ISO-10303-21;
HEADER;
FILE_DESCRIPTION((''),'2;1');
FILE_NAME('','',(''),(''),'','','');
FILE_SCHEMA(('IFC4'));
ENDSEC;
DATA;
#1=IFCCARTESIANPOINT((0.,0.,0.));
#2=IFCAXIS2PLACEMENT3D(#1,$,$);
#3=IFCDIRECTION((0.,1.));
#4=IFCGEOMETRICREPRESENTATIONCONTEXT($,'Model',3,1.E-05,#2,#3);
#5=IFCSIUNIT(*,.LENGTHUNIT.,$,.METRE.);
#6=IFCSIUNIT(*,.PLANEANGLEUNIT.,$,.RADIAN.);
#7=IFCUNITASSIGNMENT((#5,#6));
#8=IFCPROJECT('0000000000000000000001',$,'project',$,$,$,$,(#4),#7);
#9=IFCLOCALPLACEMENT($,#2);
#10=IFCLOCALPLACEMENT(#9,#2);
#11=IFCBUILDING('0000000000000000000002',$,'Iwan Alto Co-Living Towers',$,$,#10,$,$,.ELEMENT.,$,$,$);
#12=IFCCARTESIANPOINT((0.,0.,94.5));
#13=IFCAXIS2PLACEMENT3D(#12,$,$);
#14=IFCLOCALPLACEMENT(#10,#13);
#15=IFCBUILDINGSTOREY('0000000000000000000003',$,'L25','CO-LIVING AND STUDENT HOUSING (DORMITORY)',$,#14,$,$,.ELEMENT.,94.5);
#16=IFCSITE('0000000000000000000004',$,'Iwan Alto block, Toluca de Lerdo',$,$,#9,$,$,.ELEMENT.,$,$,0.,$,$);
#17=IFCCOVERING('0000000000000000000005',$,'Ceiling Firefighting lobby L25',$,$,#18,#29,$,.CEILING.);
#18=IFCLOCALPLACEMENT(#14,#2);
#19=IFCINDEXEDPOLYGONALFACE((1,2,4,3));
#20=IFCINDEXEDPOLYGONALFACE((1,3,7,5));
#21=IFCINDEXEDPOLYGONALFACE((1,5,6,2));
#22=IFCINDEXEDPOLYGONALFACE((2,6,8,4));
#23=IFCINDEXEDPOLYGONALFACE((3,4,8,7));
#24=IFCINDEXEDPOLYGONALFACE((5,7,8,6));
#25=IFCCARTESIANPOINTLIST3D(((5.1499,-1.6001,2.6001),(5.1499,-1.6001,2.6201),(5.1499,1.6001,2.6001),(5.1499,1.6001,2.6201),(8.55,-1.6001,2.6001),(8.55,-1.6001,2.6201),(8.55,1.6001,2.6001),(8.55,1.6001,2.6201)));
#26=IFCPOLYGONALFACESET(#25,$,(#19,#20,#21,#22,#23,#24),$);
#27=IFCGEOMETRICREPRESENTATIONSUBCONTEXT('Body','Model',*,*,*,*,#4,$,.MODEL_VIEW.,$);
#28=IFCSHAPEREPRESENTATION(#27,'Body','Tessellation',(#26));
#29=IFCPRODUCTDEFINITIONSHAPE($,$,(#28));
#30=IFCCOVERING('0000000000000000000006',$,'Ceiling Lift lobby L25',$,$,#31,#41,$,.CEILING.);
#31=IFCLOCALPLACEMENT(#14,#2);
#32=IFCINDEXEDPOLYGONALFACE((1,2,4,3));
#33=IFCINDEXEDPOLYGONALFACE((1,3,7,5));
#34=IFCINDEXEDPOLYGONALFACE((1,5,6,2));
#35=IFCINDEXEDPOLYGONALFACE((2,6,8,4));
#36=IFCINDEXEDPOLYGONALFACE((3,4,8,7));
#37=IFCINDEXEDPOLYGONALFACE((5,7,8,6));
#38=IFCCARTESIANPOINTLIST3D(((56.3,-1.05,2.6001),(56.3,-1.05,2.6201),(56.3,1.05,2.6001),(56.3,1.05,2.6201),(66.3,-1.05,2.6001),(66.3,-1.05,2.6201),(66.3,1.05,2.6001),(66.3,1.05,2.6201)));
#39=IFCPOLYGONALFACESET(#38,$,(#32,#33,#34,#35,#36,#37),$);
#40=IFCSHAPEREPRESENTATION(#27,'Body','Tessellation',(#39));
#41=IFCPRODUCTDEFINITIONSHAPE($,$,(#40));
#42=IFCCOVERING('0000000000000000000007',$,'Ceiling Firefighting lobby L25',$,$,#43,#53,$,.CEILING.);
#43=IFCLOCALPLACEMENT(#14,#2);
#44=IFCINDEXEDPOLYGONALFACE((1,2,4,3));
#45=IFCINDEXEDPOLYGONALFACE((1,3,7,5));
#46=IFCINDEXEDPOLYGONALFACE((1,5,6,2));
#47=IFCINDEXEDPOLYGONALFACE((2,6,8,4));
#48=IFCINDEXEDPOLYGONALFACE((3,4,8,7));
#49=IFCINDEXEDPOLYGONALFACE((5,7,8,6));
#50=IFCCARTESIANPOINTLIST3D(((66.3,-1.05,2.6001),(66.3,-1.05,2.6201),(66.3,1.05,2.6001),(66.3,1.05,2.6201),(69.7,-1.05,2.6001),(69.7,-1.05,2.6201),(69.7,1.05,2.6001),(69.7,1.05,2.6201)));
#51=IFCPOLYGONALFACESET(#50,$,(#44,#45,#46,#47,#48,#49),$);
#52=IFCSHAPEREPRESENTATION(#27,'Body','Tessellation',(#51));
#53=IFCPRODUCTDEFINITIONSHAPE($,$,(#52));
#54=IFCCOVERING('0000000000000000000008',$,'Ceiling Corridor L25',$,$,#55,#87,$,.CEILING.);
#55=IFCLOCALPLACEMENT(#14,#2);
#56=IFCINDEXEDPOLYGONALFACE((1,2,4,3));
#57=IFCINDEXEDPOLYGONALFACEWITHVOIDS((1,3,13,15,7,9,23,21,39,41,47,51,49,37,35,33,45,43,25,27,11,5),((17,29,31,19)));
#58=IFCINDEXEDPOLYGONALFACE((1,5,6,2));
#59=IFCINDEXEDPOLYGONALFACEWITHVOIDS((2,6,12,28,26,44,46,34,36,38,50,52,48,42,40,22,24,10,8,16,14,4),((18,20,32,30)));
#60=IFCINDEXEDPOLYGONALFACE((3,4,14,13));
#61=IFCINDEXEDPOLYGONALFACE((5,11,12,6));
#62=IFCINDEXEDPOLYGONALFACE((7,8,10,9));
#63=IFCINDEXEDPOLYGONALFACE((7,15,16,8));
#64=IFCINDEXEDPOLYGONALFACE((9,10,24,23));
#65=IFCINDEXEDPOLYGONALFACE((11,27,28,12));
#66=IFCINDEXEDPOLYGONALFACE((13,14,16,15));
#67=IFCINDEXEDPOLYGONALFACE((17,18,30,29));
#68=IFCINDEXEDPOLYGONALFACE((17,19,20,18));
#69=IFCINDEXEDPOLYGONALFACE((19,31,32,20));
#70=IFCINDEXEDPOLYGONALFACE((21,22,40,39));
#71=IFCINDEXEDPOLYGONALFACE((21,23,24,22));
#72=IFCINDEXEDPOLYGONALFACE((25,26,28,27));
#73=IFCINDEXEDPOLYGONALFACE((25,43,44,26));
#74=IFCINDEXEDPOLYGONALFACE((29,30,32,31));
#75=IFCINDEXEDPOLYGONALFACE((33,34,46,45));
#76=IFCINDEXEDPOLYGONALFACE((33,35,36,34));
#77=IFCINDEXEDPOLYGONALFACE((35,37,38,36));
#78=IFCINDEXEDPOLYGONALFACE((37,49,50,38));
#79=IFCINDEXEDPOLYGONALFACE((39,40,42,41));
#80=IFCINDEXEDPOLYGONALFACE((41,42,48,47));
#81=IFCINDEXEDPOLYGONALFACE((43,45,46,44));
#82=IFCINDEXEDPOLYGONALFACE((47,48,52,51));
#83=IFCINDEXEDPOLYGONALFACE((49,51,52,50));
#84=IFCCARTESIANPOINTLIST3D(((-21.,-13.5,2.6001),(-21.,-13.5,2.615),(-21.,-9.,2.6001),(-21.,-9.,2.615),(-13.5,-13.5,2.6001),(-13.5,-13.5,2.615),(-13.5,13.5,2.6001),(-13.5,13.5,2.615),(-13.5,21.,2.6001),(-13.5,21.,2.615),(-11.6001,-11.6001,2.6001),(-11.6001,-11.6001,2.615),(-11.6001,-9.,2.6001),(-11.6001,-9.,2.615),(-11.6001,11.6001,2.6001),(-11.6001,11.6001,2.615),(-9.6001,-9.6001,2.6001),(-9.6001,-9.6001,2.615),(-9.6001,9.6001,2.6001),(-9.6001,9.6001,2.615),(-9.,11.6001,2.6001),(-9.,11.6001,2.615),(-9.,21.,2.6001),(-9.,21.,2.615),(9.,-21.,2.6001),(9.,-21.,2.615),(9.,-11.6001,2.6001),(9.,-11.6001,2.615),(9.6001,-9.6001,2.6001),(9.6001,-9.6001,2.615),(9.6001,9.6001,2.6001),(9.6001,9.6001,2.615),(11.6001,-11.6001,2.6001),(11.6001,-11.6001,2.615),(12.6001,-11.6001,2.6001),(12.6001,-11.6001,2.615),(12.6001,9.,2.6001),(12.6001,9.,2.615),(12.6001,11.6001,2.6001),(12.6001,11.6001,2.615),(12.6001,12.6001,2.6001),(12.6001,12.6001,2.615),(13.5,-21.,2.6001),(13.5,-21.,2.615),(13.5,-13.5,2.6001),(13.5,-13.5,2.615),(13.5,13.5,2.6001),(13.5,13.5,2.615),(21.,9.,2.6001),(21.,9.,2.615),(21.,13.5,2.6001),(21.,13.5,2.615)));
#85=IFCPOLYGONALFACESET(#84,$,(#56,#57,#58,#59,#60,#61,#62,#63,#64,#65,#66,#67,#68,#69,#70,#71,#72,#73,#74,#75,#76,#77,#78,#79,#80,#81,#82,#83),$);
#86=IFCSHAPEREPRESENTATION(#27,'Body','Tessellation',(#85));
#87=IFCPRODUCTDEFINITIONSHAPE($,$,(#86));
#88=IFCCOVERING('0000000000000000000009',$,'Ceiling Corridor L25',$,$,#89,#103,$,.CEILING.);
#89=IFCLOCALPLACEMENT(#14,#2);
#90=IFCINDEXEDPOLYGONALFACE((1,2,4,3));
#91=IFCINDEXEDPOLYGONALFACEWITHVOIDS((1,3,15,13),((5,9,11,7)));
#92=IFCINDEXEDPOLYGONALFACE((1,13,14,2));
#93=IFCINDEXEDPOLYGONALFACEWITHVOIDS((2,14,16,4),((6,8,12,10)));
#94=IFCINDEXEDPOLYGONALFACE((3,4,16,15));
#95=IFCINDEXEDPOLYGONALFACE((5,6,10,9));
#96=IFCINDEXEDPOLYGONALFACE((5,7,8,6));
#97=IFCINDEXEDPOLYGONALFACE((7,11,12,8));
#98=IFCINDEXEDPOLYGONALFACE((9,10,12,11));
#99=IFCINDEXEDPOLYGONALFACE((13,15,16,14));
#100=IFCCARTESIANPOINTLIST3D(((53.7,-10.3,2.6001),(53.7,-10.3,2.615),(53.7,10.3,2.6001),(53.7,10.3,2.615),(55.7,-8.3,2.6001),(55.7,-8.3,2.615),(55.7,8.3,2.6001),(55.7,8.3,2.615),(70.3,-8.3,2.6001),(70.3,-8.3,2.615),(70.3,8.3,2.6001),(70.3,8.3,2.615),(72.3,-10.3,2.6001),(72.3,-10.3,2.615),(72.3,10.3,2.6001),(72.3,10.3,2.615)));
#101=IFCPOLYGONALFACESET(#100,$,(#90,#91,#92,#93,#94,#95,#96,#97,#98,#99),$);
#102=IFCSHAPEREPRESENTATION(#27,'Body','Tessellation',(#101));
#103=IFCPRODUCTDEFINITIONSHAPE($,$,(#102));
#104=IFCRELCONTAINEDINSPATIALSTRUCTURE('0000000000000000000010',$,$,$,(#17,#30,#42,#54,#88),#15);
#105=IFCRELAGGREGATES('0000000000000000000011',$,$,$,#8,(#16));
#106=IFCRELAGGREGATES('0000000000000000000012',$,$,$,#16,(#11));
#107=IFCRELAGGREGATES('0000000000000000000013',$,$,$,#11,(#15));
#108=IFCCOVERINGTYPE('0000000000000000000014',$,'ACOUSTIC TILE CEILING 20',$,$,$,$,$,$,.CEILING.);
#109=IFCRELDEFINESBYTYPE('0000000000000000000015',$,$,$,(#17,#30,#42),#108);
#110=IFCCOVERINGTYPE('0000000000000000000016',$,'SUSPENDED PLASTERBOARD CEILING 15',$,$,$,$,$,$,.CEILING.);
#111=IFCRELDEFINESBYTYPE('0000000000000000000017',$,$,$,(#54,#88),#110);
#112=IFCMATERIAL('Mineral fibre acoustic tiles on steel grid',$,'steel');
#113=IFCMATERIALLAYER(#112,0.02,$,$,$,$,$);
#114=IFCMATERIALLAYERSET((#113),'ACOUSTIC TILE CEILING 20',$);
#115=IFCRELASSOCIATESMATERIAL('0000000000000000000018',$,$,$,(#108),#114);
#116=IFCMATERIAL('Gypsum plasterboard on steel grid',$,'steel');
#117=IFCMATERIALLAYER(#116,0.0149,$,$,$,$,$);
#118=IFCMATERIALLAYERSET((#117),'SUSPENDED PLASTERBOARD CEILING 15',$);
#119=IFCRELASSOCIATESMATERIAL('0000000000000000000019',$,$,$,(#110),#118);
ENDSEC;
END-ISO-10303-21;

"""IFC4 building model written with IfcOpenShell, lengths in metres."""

from ifc_helpers import new_model, si_unit, direction, frame, origin, place, context, subcontext, project, spatial, polyline, outline, extrude, material, layer, layer_set, type_object, element, save


model = new_model("IFC4")

# Units and contexts
model_context = context("Model", 3, precision=1e-05, world=origin(), true_north=direction((0.0, 1.0)))
body_context = subcontext(model_context, "Body", "Model", "MODEL_VIEW")
ifc_project = project(units=[si_unit("LENGTHUNIT", "METRE"), si_unit("PLANEANGLEUNIT", "RADIAN")], contexts=[model_context])

# Site, building, storey
site_placement = place(None, origin())
site = spatial("IfcSite", under=ifc_project, at=site_placement, Name="Iwan Alto block, Toluca de Lerdo", CompositionType="ELEMENT", RefElevation=0.0)
building_placement = place(site_placement, origin())
building = spatial("IfcBuilding", under=site, at=building_placement, Name="Iwan Alto Co-Living Towers", CompositionType="ELEMENT")
storey_placement = place(building_placement, frame((0.0, 0.0, 94.5)))
storey = spatial("IfcBuildingStorey", under=building, at=storey_placement, Name="L25", Description="CO-LIVING AND STUDENT HOUSING (DORMITORY)", CompositionType="ELEMENT", Elevation=94.5)

# Coverings
ifc_material_1 = material(Name="Mineral fibre acoustic tiles on steel grid", Category="steel")
ifc_layer_1 = layer(ifc_material_1, 0.02)
ifc_layer_set_1 = layer_set([ifc_layer_1], Name="ACOUSTIC TILE CEILING 20")
covering_type_1 = type_object("IfcCoveringType", Name="ACOUSTIC TILE CEILING 20", PredefinedType="CEILING", material=ifc_layer_set_1)
covering_1_placement = place(storey_placement, frame((0.0, 0.0, 2.6001)))
element("IfcCovering", 1, at=covering_1_placement, inside=storey, type_object=covering_type_1, Name="Ceiling Firefighting lobby L25", PredefinedType="CEILING", context=body_context, shape_type="SweptSolid", body=[
    extrude(outline(polyline([(5.1499, -1.6001), (5.1499, 1.6001), (8.55, 1.6001), (8.55, -1.6001), (5.1499, -1.6001)])), origin(), (0.0, 0.0, 1.0), 0.02),
])
covering_2_placement = place(storey_placement, frame((0.0, 0.0, 2.6001)))
element("IfcCovering", 2, at=covering_2_placement, inside=storey, type_object=covering_type_1, Name="Ceiling Lift lobby L25", PredefinedType="CEILING", context=body_context, shape_type="SweptSolid", body=[
    extrude(outline(polyline([(56.3, -1.05), (56.3, 1.05), (66.3, 1.05), (66.3, -1.05), (56.3, -1.05)])), origin(), (0.0, 0.0, 1.0), 0.02),
])
covering_3_placement = place(storey_placement, frame((0.0, 0.0, 2.6001)))
element("IfcCovering", 3, at=covering_3_placement, inside=storey, type_object=covering_type_1, Name="Ceiling Firefighting lobby L25", PredefinedType="CEILING", context=body_context, shape_type="SweptSolid", body=[
    extrude(outline(polyline([(66.3, -1.05), (66.3, 1.05), (69.7, 1.05), (69.7, -1.05), (66.3, -1.05)])), origin(), (0.0, 0.0, 1.0), 0.02),
])
ifc_material_2 = material(Name="Gypsum plasterboard on steel grid", Category="steel")
ifc_layer_2 = layer(ifc_material_2, 0.0149)
ifc_layer_set_2 = layer_set([ifc_layer_2], Name="SUSPENDED PLASTERBOARD CEILING 15")
covering_type_2 = type_object("IfcCoveringType", Name="SUSPENDED PLASTERBOARD CEILING 15", PredefinedType="CEILING", material=ifc_layer_set_2)
covering_4_placement = place(storey_placement, frame((0.0, 0.0, 2.6001)))
element("IfcCovering", 4, at=covering_4_placement, inside=storey, type_object=covering_type_2, Name="Ceiling Corridor L25", PredefinedType="CEILING", context=body_context, shape_type="SweptSolid", body=[
    extrude(outline(polyline([(13.5, -21.0), (9.0, -21.0), (9.0, -11.6001), (-11.6001, -11.6001), (-13.5, -13.5), (-21.0, -13.5), (-21.0, -9.0), (-11.6001, -9.0), (-11.6001, 11.6001), (-13.5, 13.5), (-13.5, 21.0), (-9.0, 21.0), (-9.0, 11.6001), (12.6001, 11.6001), (12.6001, 12.6001), (13.5, 13.5), (21.0, 13.5), (21.0, 9.0), (12.6001, 9.0), (12.6001, -11.6001), (11.6001, -11.6001), (13.5, -13.5), (13.5, -21.0)]), holes=[polyline([(9.6001, -9.6001), (9.6001, 9.6001), (-9.6001, 9.6001), (-9.6001, -9.6001), (9.6001, -9.6001)])]), origin(), (0.0, 0.0, 1.0), 0.0149),
])
covering_5_placement = place(storey_placement, frame((0.0, 0.0, 2.6001)))
element("IfcCovering", 5, at=covering_5_placement, inside=storey, type_object=covering_type_2, Name="Ceiling Corridor L25", PredefinedType="CEILING", context=body_context, shape_type="SweptSolid", body=[
    extrude(outline(polyline([(53.7, 10.3), (72.3, 10.3), (72.3, -10.3), (53.7, -10.3), (53.7, 10.3)]), holes=[polyline([(55.7, 8.3), (55.7, -8.3), (70.3, -8.3), (70.3, 8.3), (55.7, 8.3)])]), origin(), (0.0, 0.0, 1.0), 0.0149),
])

save(model, "model.ifc")
